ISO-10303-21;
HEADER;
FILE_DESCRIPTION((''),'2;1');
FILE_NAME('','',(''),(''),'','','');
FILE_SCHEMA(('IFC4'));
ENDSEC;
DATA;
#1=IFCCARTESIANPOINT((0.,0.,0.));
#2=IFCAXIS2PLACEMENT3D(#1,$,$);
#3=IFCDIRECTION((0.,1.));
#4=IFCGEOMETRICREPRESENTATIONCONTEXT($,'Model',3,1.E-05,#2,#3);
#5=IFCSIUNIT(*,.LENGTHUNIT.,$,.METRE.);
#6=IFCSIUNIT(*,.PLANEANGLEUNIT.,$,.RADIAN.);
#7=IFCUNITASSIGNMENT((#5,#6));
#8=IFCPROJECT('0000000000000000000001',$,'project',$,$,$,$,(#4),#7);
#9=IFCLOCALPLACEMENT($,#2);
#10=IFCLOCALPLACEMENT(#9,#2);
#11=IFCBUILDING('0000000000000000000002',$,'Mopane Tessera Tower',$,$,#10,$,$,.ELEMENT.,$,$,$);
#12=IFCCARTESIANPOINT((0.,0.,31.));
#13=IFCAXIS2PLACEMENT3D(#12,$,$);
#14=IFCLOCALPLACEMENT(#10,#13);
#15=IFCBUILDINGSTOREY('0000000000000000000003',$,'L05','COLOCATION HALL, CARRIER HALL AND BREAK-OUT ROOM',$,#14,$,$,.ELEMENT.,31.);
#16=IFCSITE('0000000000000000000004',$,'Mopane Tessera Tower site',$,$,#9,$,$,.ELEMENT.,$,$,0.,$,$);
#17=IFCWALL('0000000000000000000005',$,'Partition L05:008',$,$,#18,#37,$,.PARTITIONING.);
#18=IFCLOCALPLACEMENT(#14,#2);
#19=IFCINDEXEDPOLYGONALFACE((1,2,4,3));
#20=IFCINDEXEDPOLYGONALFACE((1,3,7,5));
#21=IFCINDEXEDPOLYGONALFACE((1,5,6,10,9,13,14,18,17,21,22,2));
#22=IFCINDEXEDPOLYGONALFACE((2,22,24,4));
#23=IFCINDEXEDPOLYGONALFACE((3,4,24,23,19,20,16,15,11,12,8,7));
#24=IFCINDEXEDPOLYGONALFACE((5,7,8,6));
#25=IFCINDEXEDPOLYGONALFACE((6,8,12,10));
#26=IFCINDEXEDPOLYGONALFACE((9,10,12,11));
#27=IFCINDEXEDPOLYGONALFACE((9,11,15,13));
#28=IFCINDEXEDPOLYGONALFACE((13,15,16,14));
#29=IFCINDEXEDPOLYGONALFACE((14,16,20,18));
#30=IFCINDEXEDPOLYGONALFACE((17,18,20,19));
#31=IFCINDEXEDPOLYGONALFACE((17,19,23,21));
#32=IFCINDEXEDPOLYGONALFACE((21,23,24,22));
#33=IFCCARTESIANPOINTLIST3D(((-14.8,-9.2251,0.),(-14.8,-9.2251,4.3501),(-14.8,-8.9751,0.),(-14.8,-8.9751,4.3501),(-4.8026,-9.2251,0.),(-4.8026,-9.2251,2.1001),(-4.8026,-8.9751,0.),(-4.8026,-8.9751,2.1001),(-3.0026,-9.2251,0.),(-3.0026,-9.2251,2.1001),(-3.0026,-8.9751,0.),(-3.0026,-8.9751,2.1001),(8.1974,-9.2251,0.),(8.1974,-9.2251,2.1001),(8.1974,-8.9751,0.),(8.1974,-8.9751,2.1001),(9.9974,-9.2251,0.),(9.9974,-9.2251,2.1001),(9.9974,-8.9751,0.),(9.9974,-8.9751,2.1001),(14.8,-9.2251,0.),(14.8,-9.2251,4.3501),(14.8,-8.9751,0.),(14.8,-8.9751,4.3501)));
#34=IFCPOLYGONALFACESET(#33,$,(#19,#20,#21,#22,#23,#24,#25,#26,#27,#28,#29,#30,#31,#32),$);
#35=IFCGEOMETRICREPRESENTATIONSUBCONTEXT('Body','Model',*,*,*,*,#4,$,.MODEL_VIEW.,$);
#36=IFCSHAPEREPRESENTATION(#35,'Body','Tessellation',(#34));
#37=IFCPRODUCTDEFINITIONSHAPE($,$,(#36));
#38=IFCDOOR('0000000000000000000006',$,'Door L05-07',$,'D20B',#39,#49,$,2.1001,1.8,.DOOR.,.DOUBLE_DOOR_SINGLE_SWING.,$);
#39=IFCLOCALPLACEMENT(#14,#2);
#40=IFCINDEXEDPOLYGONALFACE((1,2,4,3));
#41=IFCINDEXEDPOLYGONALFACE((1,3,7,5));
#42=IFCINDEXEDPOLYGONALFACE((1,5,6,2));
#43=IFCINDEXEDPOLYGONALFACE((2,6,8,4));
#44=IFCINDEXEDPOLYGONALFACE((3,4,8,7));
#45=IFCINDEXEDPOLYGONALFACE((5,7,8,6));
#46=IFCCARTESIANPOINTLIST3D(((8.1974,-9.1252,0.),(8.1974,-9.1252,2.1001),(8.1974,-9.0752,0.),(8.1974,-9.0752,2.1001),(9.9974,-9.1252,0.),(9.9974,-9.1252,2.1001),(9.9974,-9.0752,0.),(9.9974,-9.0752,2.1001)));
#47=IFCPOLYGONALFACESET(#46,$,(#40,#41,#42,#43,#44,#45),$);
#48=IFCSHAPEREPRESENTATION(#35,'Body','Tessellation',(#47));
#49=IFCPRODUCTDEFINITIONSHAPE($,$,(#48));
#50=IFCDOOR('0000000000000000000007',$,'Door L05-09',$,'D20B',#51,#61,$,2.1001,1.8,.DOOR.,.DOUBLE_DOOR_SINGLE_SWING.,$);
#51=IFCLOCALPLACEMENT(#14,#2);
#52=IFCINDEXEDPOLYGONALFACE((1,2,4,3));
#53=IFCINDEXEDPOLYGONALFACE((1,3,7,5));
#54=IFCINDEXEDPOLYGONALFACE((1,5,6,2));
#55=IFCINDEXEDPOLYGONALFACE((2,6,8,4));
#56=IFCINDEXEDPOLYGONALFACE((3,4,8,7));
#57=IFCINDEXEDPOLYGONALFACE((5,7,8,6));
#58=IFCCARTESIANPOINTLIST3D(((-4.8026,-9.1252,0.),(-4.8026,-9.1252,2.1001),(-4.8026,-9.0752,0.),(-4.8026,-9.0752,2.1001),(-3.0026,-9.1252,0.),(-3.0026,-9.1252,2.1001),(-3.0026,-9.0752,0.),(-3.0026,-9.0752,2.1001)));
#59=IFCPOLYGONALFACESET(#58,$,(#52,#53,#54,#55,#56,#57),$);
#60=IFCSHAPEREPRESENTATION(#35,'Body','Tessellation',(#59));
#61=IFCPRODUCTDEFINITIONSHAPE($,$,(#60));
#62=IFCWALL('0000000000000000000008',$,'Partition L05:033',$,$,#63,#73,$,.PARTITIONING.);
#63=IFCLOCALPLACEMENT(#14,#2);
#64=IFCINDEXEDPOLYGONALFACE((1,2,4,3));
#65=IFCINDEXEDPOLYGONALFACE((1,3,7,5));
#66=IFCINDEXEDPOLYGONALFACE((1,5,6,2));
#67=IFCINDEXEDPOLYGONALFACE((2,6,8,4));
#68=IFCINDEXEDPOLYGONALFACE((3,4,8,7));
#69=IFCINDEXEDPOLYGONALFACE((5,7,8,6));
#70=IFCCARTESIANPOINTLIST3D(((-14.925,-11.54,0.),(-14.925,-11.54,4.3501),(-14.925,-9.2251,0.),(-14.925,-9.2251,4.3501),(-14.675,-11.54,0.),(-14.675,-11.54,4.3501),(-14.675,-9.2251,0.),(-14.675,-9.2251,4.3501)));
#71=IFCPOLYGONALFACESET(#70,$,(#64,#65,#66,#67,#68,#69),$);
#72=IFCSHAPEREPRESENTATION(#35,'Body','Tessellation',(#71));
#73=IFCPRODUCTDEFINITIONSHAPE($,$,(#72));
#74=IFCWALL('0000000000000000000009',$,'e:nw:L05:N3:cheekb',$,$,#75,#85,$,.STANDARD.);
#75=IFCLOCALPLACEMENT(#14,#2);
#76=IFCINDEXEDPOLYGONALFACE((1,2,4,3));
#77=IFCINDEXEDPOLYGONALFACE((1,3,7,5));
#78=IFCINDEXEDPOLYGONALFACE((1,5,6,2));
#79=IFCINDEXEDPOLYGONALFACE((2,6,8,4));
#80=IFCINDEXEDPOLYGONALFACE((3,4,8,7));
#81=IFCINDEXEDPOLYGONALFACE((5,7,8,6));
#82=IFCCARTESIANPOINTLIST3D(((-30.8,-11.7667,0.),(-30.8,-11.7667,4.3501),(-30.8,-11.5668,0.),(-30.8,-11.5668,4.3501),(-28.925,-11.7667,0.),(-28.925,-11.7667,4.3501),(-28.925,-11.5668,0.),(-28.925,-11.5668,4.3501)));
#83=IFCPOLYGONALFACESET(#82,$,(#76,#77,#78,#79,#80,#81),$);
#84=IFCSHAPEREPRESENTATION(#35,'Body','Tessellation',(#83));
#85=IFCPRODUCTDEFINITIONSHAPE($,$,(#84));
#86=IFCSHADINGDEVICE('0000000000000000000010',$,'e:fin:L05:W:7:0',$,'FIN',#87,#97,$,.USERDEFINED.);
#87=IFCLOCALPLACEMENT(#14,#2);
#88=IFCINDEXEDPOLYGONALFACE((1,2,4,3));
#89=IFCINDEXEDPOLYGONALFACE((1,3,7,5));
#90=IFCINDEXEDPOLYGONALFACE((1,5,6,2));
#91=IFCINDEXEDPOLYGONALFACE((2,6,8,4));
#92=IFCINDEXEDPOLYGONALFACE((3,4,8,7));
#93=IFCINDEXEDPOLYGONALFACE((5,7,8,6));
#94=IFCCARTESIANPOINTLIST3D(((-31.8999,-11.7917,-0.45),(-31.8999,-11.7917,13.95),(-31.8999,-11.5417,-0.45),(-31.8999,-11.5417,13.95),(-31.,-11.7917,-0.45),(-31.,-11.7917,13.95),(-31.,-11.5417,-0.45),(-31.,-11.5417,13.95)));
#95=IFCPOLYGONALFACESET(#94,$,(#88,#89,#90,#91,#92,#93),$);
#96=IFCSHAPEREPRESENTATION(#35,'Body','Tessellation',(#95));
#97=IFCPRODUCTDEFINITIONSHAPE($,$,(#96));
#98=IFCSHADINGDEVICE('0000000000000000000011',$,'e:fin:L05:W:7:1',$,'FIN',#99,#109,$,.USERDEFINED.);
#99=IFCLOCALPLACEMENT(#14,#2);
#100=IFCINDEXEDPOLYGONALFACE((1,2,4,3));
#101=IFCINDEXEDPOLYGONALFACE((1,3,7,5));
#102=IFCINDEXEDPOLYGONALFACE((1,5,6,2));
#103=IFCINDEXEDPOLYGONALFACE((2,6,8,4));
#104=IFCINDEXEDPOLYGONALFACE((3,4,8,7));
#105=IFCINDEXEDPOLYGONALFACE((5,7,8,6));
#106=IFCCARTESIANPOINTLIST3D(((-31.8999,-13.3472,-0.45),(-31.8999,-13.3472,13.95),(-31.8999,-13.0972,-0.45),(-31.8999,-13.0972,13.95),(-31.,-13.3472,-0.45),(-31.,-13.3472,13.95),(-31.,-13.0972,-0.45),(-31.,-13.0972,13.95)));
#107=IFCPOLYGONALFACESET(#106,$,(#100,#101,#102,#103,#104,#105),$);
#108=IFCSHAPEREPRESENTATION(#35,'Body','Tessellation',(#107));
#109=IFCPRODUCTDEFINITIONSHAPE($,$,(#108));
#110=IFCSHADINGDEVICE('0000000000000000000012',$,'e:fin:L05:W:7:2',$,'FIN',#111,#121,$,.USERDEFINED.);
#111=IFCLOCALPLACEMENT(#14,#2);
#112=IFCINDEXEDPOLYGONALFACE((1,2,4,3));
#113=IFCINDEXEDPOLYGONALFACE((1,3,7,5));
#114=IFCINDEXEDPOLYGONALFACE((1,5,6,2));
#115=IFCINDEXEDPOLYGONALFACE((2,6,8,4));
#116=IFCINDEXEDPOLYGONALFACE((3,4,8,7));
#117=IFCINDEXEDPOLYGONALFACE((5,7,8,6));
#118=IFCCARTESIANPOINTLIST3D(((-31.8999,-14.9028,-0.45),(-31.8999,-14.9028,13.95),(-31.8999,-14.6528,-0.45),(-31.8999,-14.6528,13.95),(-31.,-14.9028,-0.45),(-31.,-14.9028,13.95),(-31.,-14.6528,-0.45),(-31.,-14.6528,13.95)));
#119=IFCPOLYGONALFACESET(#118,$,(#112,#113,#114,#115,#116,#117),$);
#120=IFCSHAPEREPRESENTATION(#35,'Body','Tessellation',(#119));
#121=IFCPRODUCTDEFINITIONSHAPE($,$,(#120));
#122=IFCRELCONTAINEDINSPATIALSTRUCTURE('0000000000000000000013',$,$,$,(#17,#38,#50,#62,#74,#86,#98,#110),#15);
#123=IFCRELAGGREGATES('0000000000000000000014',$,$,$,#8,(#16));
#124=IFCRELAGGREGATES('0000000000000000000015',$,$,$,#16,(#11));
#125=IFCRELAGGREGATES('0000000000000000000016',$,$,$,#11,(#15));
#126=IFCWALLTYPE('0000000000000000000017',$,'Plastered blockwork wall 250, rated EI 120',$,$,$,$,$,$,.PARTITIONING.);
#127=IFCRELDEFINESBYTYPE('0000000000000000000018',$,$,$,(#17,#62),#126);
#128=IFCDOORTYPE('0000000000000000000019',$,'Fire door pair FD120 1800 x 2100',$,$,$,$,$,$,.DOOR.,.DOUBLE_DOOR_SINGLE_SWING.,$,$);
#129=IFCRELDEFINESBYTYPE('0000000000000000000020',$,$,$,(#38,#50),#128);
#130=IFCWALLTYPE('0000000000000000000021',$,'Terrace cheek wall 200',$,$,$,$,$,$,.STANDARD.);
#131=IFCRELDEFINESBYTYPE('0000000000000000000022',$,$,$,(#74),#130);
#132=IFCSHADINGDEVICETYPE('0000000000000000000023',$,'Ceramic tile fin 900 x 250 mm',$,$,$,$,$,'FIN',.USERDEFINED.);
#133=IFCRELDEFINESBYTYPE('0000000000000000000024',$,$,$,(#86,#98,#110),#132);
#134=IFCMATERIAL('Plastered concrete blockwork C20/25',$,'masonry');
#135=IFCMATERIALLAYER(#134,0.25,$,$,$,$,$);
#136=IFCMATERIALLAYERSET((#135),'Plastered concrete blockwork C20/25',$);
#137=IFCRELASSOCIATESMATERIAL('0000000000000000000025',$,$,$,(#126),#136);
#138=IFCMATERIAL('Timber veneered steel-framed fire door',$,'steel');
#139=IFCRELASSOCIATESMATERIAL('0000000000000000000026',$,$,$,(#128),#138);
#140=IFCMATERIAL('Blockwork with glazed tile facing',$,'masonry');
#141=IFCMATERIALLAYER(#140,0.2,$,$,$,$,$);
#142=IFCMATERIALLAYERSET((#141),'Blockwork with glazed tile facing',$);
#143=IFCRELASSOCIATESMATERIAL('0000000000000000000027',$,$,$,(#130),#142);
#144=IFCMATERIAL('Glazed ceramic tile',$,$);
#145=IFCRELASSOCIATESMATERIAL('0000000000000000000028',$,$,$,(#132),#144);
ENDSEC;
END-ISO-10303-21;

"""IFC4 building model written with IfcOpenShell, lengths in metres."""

from ifc_helpers import new_model, si_unit, direction, frame, frame_2d, origin, origin_2d, place, context, subcontext, project, spatial, rectangle, extrude, material, layer, layer_set, type_object, element, fill, save


model = new_model("IFC4")

# Units and contexts
model_context = context("Model", 3, precision=1e-05, world=origin(), true_north=direction((0.0, 1.0)))
body_context = subcontext(model_context, "Body", "Model", "MODEL_VIEW")
ifc_project = project(units=[si_unit("LENGTHUNIT", "METRE"), si_unit("PLANEANGLEUNIT", "RADIAN")], contexts=[model_context])

# Site, building, storey
site_placement = place(None, origin())
site = spatial("IfcSite", under=ifc_project, at=site_placement, Name="Mopane Tessera Tower site", CompositionType="ELEMENT", RefElevation=0.0)
building_placement = place(site_placement, origin())
building = spatial("IfcBuilding", under=site, at=building_placement, Name="Mopane Tessera Tower", CompositionType="ELEMENT")
storey_placement = place(building_placement, frame((0.0, 0.0, 31.0)))
storey = spatial("IfcBuildingStorey", under=building, at=storey_placement, Name="L05", Description="COLOCATION HALL, CARRIER HALL AND BREAK-OUT ROOM", CompositionType="ELEMENT", Elevation=31.0)

# Shared definitions
ifc_material_1 = material(Name="Plastered concrete blockwork C20/25", Category="masonry")
ifc_layer_1 = layer(ifc_material_1, 0.25)
ifc_layer_set_1 = layer_set([ifc_layer_1], Name="Plastered concrete blockwork C20/25")
wall_type_1 = type_object("IfcWallType", Name="Plastered blockwork wall 250, rated EI 120", PredefinedType="PARTITIONING", material=ifc_layer_set_1)

# Wall, openings, doors
wall_1_placement = place(storey_placement, frame((-14.8, -9.1001, 0.0), z_axis=(0.0, 0.0, 1.0), x_axis=(1.0, 0.0, 0.0)))
wall_1 = element("IfcWall", 1, at=wall_1_placement, inside=storey, type_object=wall_type_1, Name="Partition L05:008", PredefinedType="PARTITIONING", context=body_context, shape_type="SweptSolid", body=[
    extrude(rectangle(XDim=29.6001, YDim=0.25, at=frame_2d((14.8, 0.0))), origin(), (0.0, 0.0, 1.0), 4.3501),
])
opening_1_placement = place(wall_1_placement, frame((22.9976, 0.0, 0.0)))
opening_1 = element("IfcOpeningElement", 2, at=opening_1_placement, cuts=wall_1, PredefinedType="OPENING", context=body_context, shape_type="SweptSolid", body=[
    extrude(rectangle(XDim=1.8, YDim=2.1001, at=frame_2d((0.8999, 1.05))), frame((0.0, 0.137, 0.0), z_axis=(0.0, -1.0, 0.0), x_axis=(1.0, 0.0, 0.0)), (0.0, 0.0, 1.0), 0.2739),
])
opening_2_placement = place(wall_1_placement, frame((9.9976, 0.0, 0.0)))
opening_2 = element("IfcOpeningElement", 3, at=opening_2_placement, cuts=wall_1, PredefinedType="OPENING", context=body_context, shape_type="SweptSolid", body=[
    extrude(rectangle(XDim=1.8, YDim=2.1001, at=frame_2d((0.8999, 1.05))), frame((0.0, 0.137, 0.0), z_axis=(0.0, -1.0, 0.0), x_axis=(1.0, 0.0, 0.0)), (0.0, 0.0, 1.0), 0.2739),
])
ifc_material_2 = material(Name="Timber veneered steel-framed fire door", Category="steel")
door_type_1 = type_object("IfcDoorType", Name="Fire door pair FD120 1800 x 2100", OperationType="DOUBLE_DOOR_SINGLE_SWING", PredefinedType="DOOR", material=ifc_material_2)
door_1_placement = place(opening_1_placement, origin())
door_1 = element("IfcDoor", 4, at=door_1_placement, inside=storey, type_object=door_type_1, Name="Door L05-07", ObjectType="D20B", OperationType="DOUBLE_DOOR_SINGLE_SWING", OverallHeight=2.1001, OverallWidth=1.8, PredefinedType="DOOR", context=body_context, shape_type="SweptSolid", body=[
    extrude(rectangle(XDim=1.8, YDim=2.1001, at=frame_2d((0.8999, 1.05))), frame((0.0, 0.0249, 0.0), z_axis=(0.0, -1.0, 0.0), x_axis=(1.0, 0.0, 0.0)), (0.0, 0.0, 1.0), 0.05),
])
fill(opening_1, door_1)
door_2_placement = place(opening_2_placement, origin())
door_2 = element("IfcDoor", 5, at=door_2_placement, inside=storey, type_object=door_type_1, Name="Door L05-09", ObjectType="D20B", OperationType="DOUBLE_DOOR_SINGLE_SWING", OverallHeight=2.1001, OverallWidth=1.8, PredefinedType="DOOR", context=body_context, shape_type="SweptSolid", body=[
    extrude(rectangle(XDim=1.8, YDim=2.1001, at=frame_2d((0.8999, 1.05))), frame((0.0, 0.0249, 0.0), z_axis=(0.0, -1.0, 0.0), x_axis=(1.0, 0.0, 0.0)), (0.0, 0.0, 1.0), 0.05),
])
fill(opening_2, door_2)

# Walls
wall_2_placement = place(storey_placement, frame((-14.8, -11.54, 0.0), z_axis=(0.0, 0.0, 1.0), x_axis=(0.0, 1.0, 0.0)))
element("IfcWall", 6, at=wall_2_placement, inside=storey, type_object=wall_type_1, Name="Partition L05:033", PredefinedType="PARTITIONING", context=body_context, shape_type="SweptSolid", body=[
    extrude(rectangle(XDim=2.3149, YDim=0.25, at=frame_2d((1.1575, 0.0))), origin(), (0.0, 0.0, 1.0), 4.3501),
])
ifc_material_3 = material(Name="Blockwork with glazed tile facing", Category="masonry")
ifc_layer_2 = layer(ifc_material_3, 0.2)
ifc_layer_set_2 = layer_set([ifc_layer_2], Name="Blockwork with glazed tile facing")
wall_type_2 = type_object("IfcWallType", Name="Terrace cheek wall 200", PredefinedType="STANDARD", material=ifc_layer_set_2)
wall_3_placement = place(storey_placement, frame((-30.8, -11.6667, 0.0), z_axis=(0.0, 0.0, 1.0), x_axis=(1.0, 0.0, 0.0)))
element("IfcWall", 7, at=wall_3_placement, inside=storey, type_object=wall_type_2, Name="e:nw:L05:N3:cheekb", PredefinedType="STANDARD", context=body_context, shape_type="SweptSolid", body=[
    extrude(rectangle(XDim=1.875, YDim=0.2, at=frame_2d((0.9375, 0.0))), origin(), (0.0, 0.0, 1.0), 4.3501),
])

# Shading devices
ifc_material_4 = material(Name="Glazed ceramic tile")
shading_device_type = type_object("IfcShadingDeviceType", Name="Ceramic tile fin 900 x 250 mm", ElementType="FIN", PredefinedType="USERDEFINED", material=ifc_material_4)
for number, where, z_axis, x_axis, name in (
    (8, (-31.45, -11.6667, -0.45), (0.0, 0.0, 1.0), (0.0, -1.0, 0.0), "e:fin:L05:W:7:0"),
    (9, (-31.45, -13.2222, -0.45), (0.0, 0.0, 1.0), (0.0, -1.0, 0.0), "e:fin:L05:W:7:1"),
    (10, (-31.45, -14.7778, -0.45), (0.0, 0.0, 1.0), (0.0, -1.0, 0.0), "e:fin:L05:W:7:2"),
):
    element("IfcShadingDevice", number, at=place(storey_placement, frame(where, z_axis=z_axis, x_axis=x_axis)), inside=storey, type_object=shading_device_type, Name=name, ObjectType="FIN", PredefinedType="USERDEFINED", context=body_context, shape_type="SweptSolid", body=[
        extrude(rectangle(XDim=0.25, YDim=0.8999, at=origin_2d()), origin(), (0.0, 0.0, 1.0), 14.3999),
    ])

save(model, "model.ifc")
